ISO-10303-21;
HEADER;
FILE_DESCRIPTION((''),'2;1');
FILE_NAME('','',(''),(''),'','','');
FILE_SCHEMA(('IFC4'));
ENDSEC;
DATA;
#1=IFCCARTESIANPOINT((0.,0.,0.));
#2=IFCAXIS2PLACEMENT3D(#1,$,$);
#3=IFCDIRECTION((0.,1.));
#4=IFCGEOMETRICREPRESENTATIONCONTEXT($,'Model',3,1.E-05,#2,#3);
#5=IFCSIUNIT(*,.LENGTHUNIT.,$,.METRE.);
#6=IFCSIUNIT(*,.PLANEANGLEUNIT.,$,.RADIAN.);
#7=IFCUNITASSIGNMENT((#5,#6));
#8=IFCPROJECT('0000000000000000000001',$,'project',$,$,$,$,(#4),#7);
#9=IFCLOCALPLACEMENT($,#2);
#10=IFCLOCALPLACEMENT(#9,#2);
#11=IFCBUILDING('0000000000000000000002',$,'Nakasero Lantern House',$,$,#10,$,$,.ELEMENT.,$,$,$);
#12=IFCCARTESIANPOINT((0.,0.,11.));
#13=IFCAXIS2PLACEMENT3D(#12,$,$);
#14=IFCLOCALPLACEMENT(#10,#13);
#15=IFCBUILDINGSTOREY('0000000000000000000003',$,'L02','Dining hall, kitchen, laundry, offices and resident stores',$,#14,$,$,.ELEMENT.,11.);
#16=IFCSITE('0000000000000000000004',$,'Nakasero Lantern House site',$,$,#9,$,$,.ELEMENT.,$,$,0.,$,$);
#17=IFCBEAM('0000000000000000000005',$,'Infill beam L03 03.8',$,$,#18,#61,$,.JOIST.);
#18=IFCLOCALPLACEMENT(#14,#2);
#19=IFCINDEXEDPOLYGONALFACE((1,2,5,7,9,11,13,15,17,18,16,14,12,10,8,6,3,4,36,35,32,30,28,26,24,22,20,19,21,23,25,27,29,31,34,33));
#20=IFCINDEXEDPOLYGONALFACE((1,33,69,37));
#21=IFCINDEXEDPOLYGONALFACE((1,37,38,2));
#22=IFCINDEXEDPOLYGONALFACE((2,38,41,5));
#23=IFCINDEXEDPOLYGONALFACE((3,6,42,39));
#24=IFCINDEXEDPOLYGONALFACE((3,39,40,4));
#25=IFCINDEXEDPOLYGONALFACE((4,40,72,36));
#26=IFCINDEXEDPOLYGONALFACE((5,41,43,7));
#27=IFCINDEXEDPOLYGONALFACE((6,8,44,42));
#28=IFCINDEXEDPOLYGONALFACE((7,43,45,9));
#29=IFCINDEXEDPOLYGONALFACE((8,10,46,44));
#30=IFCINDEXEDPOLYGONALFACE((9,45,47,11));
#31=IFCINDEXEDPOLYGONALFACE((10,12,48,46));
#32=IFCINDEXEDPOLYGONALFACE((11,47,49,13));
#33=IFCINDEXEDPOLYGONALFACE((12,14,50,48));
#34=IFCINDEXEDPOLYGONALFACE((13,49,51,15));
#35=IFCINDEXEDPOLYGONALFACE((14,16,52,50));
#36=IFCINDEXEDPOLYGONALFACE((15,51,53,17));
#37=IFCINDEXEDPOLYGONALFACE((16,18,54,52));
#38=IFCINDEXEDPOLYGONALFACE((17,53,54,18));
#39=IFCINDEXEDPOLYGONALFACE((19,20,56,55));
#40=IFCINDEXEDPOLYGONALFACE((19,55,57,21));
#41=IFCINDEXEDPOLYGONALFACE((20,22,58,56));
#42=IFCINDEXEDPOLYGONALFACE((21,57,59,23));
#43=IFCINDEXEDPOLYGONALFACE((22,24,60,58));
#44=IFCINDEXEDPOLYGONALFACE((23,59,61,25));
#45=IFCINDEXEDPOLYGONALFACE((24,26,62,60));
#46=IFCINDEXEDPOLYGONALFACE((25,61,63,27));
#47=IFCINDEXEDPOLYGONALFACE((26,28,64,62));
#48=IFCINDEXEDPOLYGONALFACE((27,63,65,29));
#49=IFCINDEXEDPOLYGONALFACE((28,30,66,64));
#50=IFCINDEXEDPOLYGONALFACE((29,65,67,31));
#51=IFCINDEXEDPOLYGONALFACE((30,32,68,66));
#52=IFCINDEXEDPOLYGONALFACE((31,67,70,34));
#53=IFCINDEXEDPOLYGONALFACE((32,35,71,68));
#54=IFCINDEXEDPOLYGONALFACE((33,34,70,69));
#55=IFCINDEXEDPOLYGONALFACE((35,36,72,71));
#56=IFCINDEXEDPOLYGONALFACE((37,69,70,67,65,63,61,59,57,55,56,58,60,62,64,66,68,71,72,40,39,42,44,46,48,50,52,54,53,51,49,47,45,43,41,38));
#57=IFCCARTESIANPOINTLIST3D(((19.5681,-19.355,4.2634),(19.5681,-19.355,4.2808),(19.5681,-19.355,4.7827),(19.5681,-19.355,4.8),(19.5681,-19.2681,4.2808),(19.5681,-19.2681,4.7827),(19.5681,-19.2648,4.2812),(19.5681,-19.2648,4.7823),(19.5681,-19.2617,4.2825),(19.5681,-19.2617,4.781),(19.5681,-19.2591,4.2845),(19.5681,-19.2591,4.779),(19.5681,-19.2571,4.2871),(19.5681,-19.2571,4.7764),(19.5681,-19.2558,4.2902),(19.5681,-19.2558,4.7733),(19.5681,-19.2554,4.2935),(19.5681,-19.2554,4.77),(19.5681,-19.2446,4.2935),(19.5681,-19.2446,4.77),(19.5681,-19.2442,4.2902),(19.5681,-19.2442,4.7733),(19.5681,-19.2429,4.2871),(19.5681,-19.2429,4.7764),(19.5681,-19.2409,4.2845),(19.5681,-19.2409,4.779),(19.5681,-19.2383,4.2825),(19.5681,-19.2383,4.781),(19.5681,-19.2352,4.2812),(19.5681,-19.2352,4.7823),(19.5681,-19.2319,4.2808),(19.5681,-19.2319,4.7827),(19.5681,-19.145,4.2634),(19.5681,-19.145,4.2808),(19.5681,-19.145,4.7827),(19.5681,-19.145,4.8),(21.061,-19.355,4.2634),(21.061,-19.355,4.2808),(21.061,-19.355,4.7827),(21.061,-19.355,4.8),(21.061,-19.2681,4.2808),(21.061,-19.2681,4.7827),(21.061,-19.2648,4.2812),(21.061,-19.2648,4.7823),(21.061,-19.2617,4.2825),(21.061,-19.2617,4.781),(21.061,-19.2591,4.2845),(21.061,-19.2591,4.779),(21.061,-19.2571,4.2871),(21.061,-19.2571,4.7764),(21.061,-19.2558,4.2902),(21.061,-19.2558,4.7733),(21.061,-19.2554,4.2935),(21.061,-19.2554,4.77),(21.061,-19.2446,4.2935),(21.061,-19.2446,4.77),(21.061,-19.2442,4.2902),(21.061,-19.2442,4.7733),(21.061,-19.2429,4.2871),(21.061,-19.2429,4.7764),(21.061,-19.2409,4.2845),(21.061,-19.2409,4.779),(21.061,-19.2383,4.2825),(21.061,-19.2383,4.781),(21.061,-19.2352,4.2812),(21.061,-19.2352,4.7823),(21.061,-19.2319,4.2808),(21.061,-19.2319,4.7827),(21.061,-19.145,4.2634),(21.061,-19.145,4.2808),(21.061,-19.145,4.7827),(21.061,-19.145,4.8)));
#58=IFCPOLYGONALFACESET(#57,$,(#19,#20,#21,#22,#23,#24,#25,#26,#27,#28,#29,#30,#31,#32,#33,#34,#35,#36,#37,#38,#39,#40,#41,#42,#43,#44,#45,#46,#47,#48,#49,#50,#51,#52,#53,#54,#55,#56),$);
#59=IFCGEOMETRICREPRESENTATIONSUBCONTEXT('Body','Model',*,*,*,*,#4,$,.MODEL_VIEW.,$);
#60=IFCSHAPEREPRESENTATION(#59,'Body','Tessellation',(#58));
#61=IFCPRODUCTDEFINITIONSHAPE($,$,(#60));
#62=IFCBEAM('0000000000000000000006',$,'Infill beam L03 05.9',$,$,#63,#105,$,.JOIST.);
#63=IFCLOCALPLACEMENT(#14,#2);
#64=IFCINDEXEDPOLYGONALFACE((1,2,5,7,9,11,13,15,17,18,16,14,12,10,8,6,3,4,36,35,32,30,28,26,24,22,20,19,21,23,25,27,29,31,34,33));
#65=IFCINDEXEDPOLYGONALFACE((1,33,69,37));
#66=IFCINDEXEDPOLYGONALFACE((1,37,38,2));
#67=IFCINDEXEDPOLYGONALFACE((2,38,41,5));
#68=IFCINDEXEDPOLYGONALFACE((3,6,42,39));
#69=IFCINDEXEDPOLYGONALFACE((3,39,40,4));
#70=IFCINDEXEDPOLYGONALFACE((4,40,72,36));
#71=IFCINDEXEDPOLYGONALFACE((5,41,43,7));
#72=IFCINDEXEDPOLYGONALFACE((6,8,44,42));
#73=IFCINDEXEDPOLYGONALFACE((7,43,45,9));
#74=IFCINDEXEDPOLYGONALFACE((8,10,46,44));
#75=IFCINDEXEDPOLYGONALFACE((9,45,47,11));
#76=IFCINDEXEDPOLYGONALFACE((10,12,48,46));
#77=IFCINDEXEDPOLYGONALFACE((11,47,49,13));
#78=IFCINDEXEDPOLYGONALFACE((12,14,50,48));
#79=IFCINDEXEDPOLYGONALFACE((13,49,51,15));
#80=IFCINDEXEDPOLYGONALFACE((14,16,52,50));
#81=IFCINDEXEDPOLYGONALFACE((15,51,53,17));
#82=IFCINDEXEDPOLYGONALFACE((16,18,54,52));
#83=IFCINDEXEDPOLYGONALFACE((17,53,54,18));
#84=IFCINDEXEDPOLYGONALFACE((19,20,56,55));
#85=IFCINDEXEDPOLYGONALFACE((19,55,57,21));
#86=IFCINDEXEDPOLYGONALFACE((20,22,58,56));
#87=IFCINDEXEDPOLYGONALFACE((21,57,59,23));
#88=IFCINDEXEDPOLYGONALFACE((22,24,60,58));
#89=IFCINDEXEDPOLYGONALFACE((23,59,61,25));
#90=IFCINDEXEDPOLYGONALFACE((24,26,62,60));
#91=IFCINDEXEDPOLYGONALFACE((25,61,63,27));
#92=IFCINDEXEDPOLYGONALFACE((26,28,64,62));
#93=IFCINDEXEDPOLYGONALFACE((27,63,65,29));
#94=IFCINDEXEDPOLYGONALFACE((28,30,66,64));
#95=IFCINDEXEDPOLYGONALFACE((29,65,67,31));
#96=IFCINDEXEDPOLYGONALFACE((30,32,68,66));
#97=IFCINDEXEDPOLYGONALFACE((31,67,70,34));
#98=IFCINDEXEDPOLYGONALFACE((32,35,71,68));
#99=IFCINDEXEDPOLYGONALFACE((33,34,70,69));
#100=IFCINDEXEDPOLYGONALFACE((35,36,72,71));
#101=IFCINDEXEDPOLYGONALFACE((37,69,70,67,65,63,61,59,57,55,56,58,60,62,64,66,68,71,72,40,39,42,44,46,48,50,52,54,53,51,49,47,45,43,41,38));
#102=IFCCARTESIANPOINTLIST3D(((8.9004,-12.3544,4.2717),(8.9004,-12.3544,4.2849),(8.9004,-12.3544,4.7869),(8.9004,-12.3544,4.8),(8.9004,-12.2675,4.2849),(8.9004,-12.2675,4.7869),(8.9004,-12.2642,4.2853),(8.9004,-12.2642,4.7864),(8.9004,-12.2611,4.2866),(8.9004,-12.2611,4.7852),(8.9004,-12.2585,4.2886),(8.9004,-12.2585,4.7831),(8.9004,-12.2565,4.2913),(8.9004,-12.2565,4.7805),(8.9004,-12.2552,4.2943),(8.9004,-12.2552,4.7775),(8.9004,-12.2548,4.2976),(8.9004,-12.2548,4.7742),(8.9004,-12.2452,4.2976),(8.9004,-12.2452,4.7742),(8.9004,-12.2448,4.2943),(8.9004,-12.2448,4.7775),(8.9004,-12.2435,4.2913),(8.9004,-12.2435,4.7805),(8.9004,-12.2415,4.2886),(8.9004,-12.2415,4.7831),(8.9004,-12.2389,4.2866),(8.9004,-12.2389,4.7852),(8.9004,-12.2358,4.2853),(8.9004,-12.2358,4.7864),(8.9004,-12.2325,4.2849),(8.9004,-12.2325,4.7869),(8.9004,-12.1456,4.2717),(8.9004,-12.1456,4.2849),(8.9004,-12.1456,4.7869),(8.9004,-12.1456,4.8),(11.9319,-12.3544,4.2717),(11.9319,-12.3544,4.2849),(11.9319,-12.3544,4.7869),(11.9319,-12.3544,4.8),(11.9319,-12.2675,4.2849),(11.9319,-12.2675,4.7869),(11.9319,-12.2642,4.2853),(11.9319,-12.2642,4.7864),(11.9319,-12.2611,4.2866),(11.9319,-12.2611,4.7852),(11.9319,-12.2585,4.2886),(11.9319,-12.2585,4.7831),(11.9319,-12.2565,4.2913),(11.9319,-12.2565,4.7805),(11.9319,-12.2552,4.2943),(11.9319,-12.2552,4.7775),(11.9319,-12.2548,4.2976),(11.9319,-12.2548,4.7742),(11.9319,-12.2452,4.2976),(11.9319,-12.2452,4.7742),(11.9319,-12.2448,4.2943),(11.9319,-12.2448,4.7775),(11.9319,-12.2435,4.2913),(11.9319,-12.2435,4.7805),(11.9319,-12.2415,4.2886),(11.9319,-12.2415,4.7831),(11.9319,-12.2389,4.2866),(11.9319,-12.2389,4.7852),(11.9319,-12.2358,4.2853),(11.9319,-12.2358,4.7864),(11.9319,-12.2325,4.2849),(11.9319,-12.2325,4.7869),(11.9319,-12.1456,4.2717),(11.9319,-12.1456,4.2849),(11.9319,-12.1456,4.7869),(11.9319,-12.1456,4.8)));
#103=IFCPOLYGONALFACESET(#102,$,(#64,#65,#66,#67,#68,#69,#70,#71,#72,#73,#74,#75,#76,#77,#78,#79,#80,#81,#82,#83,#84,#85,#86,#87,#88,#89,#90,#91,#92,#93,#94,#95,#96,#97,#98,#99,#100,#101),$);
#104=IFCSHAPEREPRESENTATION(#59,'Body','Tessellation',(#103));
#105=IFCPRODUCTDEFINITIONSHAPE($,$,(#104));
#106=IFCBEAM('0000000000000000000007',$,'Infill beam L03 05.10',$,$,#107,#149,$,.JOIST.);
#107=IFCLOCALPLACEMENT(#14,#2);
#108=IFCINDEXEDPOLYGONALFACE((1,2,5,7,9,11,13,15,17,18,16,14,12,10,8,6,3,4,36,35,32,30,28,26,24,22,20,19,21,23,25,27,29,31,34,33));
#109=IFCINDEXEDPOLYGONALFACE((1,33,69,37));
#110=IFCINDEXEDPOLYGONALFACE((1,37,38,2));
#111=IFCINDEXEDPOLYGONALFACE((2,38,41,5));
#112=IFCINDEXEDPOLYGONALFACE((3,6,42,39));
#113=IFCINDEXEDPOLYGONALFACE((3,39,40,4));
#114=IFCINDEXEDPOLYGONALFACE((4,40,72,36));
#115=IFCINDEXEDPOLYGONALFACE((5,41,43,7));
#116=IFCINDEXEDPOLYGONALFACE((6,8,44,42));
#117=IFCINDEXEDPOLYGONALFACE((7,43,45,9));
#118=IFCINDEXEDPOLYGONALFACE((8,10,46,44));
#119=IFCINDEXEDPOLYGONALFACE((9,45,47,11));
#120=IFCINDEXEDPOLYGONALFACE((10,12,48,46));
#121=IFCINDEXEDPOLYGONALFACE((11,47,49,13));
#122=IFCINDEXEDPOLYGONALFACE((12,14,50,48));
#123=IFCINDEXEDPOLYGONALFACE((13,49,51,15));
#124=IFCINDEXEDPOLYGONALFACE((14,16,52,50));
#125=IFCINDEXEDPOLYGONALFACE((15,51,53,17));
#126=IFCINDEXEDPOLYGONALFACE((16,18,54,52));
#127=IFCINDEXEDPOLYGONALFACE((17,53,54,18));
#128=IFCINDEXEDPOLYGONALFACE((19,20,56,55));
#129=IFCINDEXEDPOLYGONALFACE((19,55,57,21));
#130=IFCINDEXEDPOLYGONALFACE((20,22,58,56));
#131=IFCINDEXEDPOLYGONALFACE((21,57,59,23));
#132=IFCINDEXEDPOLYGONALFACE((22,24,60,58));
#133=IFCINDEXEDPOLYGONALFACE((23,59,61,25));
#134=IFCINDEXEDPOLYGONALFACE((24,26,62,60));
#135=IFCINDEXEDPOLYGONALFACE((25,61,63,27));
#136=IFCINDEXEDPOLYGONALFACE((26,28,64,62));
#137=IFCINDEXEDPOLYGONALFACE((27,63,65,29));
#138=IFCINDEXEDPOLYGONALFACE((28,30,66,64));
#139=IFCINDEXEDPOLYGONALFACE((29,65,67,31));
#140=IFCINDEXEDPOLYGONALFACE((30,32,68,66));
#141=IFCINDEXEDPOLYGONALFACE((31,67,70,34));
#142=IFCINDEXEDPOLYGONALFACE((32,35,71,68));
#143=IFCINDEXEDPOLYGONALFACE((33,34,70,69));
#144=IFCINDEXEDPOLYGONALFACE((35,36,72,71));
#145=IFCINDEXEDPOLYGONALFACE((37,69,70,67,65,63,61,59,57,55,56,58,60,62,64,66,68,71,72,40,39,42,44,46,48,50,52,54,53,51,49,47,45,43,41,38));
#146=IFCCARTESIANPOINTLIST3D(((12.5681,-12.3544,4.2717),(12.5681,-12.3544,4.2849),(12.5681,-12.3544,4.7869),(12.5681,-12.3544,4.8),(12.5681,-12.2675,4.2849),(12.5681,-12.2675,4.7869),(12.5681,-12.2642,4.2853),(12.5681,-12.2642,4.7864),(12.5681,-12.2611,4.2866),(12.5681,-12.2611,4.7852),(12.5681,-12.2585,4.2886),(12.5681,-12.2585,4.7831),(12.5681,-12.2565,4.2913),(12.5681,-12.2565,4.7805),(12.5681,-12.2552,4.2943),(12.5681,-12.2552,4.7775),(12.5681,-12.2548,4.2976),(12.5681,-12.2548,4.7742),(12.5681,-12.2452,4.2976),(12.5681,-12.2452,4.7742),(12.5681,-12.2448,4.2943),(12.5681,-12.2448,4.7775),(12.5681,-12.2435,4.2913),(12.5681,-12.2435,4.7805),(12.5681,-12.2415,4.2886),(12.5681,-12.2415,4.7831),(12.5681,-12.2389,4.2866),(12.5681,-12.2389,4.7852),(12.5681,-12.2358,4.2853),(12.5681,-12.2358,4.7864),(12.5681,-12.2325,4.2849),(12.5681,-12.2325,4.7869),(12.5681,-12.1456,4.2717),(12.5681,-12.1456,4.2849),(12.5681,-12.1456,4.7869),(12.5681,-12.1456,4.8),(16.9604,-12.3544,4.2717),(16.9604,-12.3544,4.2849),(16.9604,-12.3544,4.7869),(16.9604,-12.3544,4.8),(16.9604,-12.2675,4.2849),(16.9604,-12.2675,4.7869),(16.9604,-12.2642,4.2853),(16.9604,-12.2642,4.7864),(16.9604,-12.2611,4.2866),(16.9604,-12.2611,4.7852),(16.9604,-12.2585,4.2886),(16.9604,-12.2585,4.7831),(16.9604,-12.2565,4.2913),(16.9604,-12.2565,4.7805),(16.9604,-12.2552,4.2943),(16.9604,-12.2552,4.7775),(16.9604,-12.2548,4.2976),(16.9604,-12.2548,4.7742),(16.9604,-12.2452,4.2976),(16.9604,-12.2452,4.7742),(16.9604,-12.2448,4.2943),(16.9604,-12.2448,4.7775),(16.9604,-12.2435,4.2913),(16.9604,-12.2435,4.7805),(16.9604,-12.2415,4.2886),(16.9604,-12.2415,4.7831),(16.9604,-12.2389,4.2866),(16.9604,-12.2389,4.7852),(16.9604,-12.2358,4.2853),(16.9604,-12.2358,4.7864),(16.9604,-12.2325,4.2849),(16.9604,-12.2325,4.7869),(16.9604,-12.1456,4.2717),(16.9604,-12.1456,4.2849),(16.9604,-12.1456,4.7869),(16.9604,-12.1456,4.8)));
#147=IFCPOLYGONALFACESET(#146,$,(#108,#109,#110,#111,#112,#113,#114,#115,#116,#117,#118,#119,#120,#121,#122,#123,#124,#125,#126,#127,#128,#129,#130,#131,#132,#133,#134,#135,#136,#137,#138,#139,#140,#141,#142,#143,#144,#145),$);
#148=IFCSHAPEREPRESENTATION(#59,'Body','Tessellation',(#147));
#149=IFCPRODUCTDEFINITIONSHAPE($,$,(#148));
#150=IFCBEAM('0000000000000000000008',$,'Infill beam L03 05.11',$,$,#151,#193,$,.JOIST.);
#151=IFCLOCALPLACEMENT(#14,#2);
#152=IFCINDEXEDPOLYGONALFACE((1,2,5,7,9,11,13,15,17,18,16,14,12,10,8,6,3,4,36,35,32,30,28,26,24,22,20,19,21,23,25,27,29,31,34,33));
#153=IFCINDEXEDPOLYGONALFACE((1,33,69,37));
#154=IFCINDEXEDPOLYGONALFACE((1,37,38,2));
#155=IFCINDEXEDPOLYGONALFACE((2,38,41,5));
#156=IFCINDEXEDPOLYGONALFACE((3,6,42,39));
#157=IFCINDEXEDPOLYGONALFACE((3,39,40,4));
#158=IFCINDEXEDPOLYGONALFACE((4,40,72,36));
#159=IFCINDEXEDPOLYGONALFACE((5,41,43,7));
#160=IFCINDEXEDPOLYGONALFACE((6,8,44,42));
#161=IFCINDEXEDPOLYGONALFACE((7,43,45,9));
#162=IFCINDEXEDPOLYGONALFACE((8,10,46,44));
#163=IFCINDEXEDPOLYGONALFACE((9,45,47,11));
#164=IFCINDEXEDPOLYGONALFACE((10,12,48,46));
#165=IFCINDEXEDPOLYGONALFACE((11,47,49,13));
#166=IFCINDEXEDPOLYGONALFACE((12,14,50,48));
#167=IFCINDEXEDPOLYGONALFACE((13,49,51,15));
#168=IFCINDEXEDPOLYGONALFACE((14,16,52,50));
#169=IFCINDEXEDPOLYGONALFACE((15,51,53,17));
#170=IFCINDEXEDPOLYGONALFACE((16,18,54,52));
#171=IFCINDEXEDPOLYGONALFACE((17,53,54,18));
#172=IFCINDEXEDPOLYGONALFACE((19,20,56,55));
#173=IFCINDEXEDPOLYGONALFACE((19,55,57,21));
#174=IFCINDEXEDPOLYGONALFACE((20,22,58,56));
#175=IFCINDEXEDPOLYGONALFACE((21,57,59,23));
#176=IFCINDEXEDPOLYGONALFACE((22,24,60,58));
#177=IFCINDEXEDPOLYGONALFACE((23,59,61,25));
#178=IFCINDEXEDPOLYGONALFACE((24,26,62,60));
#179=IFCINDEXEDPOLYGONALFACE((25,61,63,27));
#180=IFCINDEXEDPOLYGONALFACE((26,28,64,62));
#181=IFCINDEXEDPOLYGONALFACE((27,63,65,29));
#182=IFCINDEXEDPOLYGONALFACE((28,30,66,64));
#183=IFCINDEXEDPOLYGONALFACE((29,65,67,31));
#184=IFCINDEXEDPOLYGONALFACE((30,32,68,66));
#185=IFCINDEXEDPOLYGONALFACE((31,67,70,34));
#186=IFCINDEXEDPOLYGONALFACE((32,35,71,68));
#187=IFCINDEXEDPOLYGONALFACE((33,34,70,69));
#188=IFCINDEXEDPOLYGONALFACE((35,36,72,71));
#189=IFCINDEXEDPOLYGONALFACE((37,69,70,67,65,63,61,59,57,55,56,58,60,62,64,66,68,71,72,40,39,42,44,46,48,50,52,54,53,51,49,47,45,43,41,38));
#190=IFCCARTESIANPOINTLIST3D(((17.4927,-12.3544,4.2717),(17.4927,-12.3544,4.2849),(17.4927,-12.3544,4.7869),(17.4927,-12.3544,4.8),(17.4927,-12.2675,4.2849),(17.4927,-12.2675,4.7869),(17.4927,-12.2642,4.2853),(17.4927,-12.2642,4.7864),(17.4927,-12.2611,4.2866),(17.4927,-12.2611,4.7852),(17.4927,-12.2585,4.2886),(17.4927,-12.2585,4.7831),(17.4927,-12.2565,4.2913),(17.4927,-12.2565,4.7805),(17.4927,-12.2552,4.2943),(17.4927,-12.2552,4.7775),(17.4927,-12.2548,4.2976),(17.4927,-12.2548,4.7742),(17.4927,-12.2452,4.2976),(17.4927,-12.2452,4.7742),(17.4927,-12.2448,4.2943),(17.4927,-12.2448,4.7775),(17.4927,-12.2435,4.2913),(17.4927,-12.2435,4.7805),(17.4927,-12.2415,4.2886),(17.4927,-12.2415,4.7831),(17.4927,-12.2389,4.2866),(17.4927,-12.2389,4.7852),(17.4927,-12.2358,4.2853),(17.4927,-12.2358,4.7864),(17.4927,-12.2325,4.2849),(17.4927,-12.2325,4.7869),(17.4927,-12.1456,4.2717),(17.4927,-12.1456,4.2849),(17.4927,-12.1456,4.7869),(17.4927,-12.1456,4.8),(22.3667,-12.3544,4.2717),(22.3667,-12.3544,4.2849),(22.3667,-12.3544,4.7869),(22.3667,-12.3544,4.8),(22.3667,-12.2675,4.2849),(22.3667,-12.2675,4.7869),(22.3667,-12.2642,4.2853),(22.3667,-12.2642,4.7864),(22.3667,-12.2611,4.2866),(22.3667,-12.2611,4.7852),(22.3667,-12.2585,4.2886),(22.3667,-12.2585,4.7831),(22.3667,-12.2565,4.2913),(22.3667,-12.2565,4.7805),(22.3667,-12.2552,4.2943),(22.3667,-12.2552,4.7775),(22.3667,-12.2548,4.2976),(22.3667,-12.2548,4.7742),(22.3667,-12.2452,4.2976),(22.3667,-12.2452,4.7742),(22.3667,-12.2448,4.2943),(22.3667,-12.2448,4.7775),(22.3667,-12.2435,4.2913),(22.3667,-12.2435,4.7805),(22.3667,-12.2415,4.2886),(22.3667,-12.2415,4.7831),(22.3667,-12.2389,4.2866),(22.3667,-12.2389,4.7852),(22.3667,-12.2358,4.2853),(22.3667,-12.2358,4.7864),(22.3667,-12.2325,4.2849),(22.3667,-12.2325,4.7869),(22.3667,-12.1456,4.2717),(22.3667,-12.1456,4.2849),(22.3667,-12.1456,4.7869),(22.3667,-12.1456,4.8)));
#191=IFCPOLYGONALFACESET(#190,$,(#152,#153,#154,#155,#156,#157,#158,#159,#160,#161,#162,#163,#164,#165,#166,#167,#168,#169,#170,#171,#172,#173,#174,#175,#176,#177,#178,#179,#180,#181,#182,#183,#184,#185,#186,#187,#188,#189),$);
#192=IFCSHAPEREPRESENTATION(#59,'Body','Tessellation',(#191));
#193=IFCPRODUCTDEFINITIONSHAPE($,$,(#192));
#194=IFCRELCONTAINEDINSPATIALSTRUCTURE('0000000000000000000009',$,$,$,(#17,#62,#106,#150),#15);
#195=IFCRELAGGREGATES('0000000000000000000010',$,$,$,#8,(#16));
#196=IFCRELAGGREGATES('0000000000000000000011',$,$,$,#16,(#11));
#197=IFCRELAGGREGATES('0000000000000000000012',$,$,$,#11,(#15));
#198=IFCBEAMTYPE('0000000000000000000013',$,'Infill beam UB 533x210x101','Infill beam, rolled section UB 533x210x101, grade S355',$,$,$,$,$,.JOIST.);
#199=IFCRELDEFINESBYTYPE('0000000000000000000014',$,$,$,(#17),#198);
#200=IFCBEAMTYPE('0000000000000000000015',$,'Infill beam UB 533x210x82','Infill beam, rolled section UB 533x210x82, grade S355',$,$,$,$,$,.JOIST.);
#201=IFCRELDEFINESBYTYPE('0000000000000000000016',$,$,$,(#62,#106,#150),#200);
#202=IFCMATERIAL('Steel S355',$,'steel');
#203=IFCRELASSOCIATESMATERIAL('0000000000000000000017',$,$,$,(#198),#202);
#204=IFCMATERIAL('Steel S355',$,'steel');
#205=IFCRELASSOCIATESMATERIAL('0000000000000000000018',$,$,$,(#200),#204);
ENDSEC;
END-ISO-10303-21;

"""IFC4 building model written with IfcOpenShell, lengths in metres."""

from ifc_helpers import new_model, si_unit, direction, frame, origin, origin_2d, place, context, subcontext, project, spatial, i_section, extrude, material, material_profile, profile_set, type_object, element, save


model = new_model("IFC4")

# Units and contexts
model_context = context("Model", 3, precision=1e-05, world=origin(), true_north=direction((0.0, 1.0)))
body_context = subcontext(model_context, "Body", "Model", "MODEL_VIEW")
ifc_project = project(units=[si_unit("LENGTHUNIT", "METRE"), si_unit("PLANEANGLEUNIT", "RADIAN")], contexts=[model_context])

# Site, building, storey
site_placement = place(None, origin())
site = spatial("IfcSite", under=ifc_project, at=site_placement, Name="Nakasero Lantern House site", CompositionType="ELEMENT", RefElevation=0.0)
building_placement = place(site_placement, origin())
building = spatial("IfcBuilding", under=site, at=building_placement, Name="Nakasero Lantern House", CompositionType="ELEMENT")
storey_placement = place(building_placement, frame((0.0, 0.0, 11.0)))
storey = spatial("IfcBuildingStorey", under=building, at=storey_placement, Name="L02", Description="Dining hall, kitchen, laundry, offices and resident stores", CompositionType="ELEMENT", Elevation=11.0)

# Beams
ifc_material_1 = material(Name="Steel S355", Category="steel")
ifc_material_profile_1 = material_profile(ifc_material_1, i_section(OverallWidth=0.21, OverallDepth=0.5366, WebThickness=0.0107, FlangeThickness=0.0173, FilletRadius=0.0127, at=origin_2d()), Name="UB 533x210x101")
ifc_profile_set_1 = profile_set([ifc_material_profile_1], Name="Steel S355")
beam_type_1 = type_object("IfcBeamType", Name="Infill beam UB 533x210x101", Description="Infill beam, rolled section UB 533x210x101, grade S355", PredefinedType="JOIST", material=ifc_profile_set_1)
beam_1_placement = place(storey_placement, frame((19.5681, -19.25, 4.5317), z_axis=(1.0, 0.0, 0.0), x_axis=(0.0, 1.0, 0.0)))
element("IfcBeam", 1, at=beam_1_placement, inside=storey, type_object=beam_type_1, Name="Infill beam L03 03.8", PredefinedType="JOIST", context=body_context, shape_type="SweptSolid", body=[
    extrude(i_section(OverallWidth=0.21, OverallDepth=0.5366, WebThickness=0.0107, FlangeThickness=0.0173, FilletRadius=0.0127, at=origin_2d()), origin(), (0.0, 0.0, 1.0), 1.4929),
])
ifc_material_2 = material(Name="Steel S355", Category="steel")
ifc_material_profile_2 = material_profile(ifc_material_2, i_section(OverallWidth=0.2087, OverallDepth=0.5283, WebThickness=0.0095, FlangeThickness=0.0132, FilletRadius=0.0127, at=origin_2d()), Name="UB 533x210x82")
ifc_profile_set_2 = profile_set([ifc_material_profile_2], Name="Steel S355")
beam_type_2 = type_object("IfcBeamType", Name="Infill beam UB 533x210x82", Description="Infill beam, rolled section UB 533x210x82, grade S355", PredefinedType="JOIST", material=ifc_profile_set_2)
beam_2_placement = place(storey_placement, frame((8.9004, -12.25, 4.5359), z_axis=(1.0, 0.0, 0.0), x_axis=(0.0, 1.0, 0.0)))
element("IfcBeam", 2, at=beam_2_placement, inside=storey, type_object=beam_type_2, Name="Infill beam L03 05.9", PredefinedType="JOIST", context=body_context, shape_type="SweptSolid", body=[
    extrude(i_section(OverallWidth=0.2087, OverallDepth=0.5283, WebThickness=0.0095, FlangeThickness=0.0132, FilletRadius=0.0127, at=origin_2d()), origin(), (0.0, 0.0, 1.0), 3.0315),
])
beam_3_placement = place(storey_placement, frame((12.5681, -12.25, 4.5359), z_axis=(1.0, 0.0, 0.0), x_axis=(0.0, 1.0, 0.0)))
element("IfcBeam", 3, at=beam_3_placement, inside=storey, type_object=beam_type_2, Name="Infill beam L03 05.10", PredefinedType="JOIST", context=body_context, shape_type="SweptSolid", body=[
    extrude(i_section(OverallWidth=0.2087, OverallDepth=0.5283, WebThickness=0.0095, FlangeThickness=0.0132, FilletRadius=0.0127, at=origin_2d()), origin(), (0.0, 0.0, 1.0), 4.3923),
])
beam_4_placement = place(storey_placement, frame((17.4927, -12.25, 4.5359), z_axis=(1.0, 0.0, 0.0), x_axis=(0.0, 1.0, 0.0)))
element("IfcBeam", 4, at=beam_4_placement, inside=storey, type_object=beam_type_2, Name="Infill beam L03 05.11", PredefinedType="JOIST", context=body_context, shape_type="SweptSolid", body=[
    extrude(i_section(OverallWidth=0.2087, OverallDepth=0.5283, WebThickness=0.0095, FlangeThickness=0.0132, FilletRadius=0.0127, at=origin_2d()), origin(), (0.0, 0.0, 1.0), 4.874),
])

save(model, "model.ifc")
